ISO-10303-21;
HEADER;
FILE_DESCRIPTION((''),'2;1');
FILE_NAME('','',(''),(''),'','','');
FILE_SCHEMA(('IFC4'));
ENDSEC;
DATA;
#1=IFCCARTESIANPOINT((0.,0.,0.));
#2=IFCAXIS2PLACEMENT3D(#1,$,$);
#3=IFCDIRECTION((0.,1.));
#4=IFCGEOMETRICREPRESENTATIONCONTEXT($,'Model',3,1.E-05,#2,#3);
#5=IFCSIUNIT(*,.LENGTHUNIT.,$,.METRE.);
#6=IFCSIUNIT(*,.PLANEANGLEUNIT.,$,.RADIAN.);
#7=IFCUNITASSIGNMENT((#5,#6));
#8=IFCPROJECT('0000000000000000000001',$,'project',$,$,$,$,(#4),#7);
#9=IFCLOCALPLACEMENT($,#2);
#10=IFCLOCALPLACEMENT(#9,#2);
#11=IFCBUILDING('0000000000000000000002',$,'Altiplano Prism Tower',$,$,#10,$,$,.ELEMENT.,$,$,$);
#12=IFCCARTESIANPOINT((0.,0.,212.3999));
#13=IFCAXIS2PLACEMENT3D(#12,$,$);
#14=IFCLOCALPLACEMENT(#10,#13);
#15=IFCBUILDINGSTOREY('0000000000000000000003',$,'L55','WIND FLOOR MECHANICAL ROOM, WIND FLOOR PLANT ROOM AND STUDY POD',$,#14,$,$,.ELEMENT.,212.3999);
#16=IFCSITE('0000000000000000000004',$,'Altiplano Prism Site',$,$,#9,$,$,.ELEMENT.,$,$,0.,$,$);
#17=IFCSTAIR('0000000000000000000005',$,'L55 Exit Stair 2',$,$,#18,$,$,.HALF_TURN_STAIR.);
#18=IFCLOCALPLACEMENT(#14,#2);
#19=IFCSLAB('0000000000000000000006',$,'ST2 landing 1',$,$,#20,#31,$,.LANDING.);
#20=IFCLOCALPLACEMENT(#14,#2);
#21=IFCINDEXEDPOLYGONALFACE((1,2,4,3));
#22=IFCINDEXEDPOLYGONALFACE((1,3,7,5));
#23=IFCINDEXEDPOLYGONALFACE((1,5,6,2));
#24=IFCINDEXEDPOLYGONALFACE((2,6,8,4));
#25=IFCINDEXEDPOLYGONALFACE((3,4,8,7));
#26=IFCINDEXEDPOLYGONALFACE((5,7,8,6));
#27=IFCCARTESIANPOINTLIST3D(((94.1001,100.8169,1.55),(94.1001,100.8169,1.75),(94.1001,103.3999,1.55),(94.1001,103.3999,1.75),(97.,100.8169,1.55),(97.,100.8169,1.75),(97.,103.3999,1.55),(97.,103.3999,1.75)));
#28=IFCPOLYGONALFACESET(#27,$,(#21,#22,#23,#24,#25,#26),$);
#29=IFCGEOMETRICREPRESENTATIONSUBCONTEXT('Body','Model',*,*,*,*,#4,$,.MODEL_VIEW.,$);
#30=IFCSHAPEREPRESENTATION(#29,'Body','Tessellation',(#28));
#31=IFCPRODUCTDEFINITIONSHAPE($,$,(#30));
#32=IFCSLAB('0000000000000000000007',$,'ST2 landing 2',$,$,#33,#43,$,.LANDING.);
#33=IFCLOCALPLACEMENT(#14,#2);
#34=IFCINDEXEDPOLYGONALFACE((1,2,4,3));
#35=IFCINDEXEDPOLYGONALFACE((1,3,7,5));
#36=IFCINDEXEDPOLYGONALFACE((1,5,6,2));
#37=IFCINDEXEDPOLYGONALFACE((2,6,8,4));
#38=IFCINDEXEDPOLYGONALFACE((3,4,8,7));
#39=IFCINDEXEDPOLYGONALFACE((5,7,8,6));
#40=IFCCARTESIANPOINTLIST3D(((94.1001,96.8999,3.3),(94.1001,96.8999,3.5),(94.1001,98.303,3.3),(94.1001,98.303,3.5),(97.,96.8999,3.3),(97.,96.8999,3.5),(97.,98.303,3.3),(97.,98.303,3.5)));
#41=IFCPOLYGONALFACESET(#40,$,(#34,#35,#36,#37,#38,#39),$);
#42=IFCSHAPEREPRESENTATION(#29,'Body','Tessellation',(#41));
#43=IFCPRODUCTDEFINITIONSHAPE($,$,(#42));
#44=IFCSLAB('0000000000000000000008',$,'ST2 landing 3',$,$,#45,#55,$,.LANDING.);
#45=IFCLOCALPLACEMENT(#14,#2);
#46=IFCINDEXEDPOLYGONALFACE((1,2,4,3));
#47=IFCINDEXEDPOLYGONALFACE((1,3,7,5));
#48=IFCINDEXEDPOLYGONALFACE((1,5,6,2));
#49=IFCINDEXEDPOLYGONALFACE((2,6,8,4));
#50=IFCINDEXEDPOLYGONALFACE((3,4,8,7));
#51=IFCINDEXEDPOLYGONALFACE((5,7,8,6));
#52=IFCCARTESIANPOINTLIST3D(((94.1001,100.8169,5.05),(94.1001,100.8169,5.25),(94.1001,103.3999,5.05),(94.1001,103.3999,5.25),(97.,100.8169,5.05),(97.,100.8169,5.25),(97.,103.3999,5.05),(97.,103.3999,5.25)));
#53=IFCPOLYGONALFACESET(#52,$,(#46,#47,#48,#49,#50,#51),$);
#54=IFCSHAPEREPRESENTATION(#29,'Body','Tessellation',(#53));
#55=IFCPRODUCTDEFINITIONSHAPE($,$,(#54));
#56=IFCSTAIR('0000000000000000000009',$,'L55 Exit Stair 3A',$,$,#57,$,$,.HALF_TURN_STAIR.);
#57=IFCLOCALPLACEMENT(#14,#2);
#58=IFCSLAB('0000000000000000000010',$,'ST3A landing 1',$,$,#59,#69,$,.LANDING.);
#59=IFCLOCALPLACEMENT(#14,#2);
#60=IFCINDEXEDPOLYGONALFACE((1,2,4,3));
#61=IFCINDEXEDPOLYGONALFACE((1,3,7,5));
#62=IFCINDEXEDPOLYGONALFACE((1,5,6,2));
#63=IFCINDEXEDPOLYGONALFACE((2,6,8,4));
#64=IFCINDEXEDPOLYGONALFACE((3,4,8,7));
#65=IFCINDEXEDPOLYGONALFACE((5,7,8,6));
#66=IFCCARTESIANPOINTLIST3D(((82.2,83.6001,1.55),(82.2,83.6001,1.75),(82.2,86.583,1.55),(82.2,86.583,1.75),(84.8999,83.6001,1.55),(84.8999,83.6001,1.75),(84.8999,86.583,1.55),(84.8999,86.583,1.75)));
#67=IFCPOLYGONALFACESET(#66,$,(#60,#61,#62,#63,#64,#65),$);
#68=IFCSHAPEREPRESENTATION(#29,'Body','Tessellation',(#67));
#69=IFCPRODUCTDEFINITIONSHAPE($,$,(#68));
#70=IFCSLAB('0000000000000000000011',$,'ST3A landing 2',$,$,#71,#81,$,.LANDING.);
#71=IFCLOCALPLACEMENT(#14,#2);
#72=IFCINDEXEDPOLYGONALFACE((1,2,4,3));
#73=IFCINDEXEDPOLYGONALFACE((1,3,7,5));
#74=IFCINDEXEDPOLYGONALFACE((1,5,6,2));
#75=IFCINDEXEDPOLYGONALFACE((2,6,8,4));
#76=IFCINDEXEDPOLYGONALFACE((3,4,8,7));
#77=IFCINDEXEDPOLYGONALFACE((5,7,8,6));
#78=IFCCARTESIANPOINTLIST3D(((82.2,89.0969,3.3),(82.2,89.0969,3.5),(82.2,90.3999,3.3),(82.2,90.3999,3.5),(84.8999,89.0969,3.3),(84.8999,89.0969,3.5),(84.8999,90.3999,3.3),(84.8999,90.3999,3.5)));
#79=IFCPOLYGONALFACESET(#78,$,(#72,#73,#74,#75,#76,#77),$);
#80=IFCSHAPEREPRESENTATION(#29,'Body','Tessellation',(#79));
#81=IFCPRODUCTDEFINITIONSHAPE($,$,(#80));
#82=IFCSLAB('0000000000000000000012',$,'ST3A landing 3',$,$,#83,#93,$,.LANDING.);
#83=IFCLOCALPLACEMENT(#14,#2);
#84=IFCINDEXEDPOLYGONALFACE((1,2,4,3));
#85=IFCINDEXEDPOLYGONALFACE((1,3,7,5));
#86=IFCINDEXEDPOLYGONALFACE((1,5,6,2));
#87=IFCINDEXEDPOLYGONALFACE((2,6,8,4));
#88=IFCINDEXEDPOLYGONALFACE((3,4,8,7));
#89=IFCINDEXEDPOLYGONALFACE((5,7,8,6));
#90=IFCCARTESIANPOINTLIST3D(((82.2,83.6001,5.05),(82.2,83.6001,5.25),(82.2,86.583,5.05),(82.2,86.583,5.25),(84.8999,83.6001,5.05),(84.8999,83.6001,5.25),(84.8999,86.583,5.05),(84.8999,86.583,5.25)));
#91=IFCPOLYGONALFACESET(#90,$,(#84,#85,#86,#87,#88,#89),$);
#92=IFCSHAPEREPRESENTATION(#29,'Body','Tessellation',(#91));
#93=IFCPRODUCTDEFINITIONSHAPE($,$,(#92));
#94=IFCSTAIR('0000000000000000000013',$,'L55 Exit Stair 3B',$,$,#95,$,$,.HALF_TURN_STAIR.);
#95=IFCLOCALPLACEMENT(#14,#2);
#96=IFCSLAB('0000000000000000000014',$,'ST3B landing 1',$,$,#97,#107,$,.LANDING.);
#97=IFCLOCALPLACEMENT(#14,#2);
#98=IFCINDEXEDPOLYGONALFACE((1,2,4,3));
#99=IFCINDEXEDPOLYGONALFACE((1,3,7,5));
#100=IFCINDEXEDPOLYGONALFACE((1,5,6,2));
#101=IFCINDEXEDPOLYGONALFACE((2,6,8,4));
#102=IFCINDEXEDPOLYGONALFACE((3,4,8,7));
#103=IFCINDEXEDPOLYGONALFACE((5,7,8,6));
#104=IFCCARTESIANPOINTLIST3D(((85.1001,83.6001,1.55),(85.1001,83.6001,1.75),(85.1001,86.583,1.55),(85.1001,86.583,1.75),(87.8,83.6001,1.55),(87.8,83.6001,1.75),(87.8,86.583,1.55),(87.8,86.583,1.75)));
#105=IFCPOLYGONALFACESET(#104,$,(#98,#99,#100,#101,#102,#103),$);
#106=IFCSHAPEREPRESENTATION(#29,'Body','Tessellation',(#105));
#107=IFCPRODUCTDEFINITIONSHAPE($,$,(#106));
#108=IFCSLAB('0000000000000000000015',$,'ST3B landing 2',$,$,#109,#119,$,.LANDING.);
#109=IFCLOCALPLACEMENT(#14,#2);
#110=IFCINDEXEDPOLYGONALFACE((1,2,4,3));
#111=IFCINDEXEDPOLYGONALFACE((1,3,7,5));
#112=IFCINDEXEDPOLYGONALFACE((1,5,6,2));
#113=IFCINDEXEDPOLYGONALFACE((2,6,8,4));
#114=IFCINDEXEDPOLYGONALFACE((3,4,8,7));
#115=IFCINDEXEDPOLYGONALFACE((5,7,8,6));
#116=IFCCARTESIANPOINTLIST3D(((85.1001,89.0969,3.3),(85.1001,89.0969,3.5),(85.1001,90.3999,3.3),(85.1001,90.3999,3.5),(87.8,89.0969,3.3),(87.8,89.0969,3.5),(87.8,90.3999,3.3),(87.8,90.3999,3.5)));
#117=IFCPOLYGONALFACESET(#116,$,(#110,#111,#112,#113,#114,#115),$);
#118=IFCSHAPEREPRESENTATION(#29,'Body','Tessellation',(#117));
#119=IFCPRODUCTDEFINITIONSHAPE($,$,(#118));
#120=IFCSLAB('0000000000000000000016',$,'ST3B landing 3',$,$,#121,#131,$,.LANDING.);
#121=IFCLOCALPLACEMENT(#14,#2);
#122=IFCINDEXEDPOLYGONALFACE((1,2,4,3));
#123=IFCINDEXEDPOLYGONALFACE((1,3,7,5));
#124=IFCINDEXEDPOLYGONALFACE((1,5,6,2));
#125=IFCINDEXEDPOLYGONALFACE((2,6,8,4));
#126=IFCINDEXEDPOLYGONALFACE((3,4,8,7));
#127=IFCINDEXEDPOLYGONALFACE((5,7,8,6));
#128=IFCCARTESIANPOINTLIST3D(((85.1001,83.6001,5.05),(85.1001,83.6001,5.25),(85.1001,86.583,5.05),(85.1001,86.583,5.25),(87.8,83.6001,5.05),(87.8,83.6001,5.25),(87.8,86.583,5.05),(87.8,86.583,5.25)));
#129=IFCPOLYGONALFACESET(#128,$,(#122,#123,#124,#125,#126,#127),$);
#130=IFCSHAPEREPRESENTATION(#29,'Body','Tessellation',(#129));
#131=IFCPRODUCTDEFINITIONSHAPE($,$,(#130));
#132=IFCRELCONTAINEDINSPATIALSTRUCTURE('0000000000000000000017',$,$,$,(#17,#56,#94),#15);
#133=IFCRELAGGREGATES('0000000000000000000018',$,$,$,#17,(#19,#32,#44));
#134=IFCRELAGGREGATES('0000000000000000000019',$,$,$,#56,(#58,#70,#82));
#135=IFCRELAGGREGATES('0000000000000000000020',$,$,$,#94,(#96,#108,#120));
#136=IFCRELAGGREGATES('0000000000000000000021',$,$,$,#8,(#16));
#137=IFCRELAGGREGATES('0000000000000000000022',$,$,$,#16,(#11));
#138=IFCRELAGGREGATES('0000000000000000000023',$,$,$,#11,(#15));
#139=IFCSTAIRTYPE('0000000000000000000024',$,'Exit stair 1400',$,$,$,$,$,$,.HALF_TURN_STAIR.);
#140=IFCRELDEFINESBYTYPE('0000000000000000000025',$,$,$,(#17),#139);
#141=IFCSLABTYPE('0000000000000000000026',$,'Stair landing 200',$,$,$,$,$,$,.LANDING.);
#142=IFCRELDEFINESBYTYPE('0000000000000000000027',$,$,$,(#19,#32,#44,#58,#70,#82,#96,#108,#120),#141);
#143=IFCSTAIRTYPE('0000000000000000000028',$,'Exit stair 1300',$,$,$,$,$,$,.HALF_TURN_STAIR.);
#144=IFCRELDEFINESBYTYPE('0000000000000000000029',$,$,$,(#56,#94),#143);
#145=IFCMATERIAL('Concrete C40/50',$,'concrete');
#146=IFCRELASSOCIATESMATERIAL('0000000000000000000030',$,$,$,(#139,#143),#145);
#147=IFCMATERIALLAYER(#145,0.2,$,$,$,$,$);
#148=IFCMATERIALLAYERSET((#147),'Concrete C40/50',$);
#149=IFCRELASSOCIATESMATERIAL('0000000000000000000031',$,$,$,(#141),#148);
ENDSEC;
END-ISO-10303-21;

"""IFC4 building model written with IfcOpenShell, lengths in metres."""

from ifc_helpers import new_model, si_unit, direction, frame, origin, place, context, subcontext, project, spatial, polyline, outline, extrude, material, layer, layer_set, type_object, element, aggregate, save


model = new_model("IFC4")

# Units and contexts
model_context = context("Model", 3, precision=1e-05, world=origin(), true_north=direction((0.0, 1.0)))
body_context = subcontext(model_context, "Body", "Model", "MODEL_VIEW")
ifc_project = project(units=[si_unit("LENGTHUNIT", "METRE"), si_unit("PLANEANGLEUNIT", "RADIAN")], contexts=[model_context])

# Site, building, storey
site_placement = place(None, origin())
site = spatial("IfcSite", under=ifc_project, at=site_placement, Name="Altiplano Prism Site", CompositionType="ELEMENT", RefElevation=0.0)
building_placement = place(site_placement, origin())
building = spatial("IfcBuilding", under=site, at=building_placement, Name="Altiplano Prism Tower", CompositionType="ELEMENT")
storey_placement = place(building_placement, frame((0.0, 0.0, 212.3999)))
storey = spatial("IfcBuildingStorey", under=building, at=storey_placement, Name="L55", Description="WIND FLOOR MECHANICAL ROOM, WIND FLOOR PLANT ROOM AND STUDY POD", CompositionType="ELEMENT", Elevation=212.3999)

# Shared definitions
ifc_material_1 = material(Name="Concrete C40/50", Category="concrete")

# Stairs, slabs
stair_type_1 = type_object("IfcStairType", Name="Exit stair 1400", PredefinedType="HALF_TURN_STAIR", material=ifc_material_1)
ifc_layer_1 = layer(ifc_material_1, 0.2)
ifc_layer_set_1 = layer_set([ifc_layer_1], Name="Concrete C40/50")
slab_type_1 = type_object("IfcSlabType", Name="Stair landing 200", PredefinedType="LANDING", material=ifc_layer_set_1)
stair_1_placement = place(storey_placement, origin())
stair_1 = element("IfcStair", 1, at=stair_1_placement, inside=storey, type_object=stair_type_1, Name="L55 Exit Stair 2", PredefinedType="HALF_TURN_STAIR")
slab_1_placement = place(storey_placement, frame((0.0, 0.0, 1.55)))
slab_1 = element("IfcSlab", 2, at=slab_1_placement, type_object=slab_type_1, Name="ST2 landing 1", PredefinedType="LANDING", context=body_context, shape_type="SweptSolid", body=[
    extrude(outline(polyline([(97.0, 100.8169), (97.0, 103.3999), (94.1001, 103.3999), (94.1001, 100.8169), (97.0, 100.8169)])), origin(), (0.0, 0.0, 1.0), 0.2),
])
slab_2_placement = place(storey_placement, frame((0.0, 0.0, 3.3)))
slab_2 = element("IfcSlab", 3, at=slab_2_placement, type_object=slab_type_1, Name="ST2 landing 2", PredefinedType="LANDING", context=body_context, shape_type="SweptSolid", body=[
    extrude(outline(polyline([(97.0, 96.8999), (97.0, 98.303), (94.1001, 98.303), (94.1001, 96.8999), (97.0, 96.8999)])), origin(), (0.0, 0.0, 1.0), 0.2),
])
slab_3_placement = place(storey_placement, frame((0.0, 0.0, 5.05)))
slab_3 = element("IfcSlab", 4, at=slab_3_placement, type_object=slab_type_1, Name="ST2 landing 3", PredefinedType="LANDING", context=body_context, shape_type="SweptSolid", body=[
    extrude(outline(polyline([(97.0, 100.8169), (97.0, 103.3999), (94.1001, 103.3999), (94.1001, 100.8169), (97.0, 100.8169)])), origin(), (0.0, 0.0, 1.0), 0.2),
])
aggregate(stair_1, [slab_1, slab_2, slab_3])
stair_type_2 = type_object("IfcStairType", Name="Exit stair 1300", PredefinedType="HALF_TURN_STAIR", material=ifc_material_1)
stair_2_placement = place(storey_placement, origin())
stair_2 = element("IfcStair", 5, at=stair_2_placement, inside=storey, type_object=stair_type_2, Name="L55 Exit Stair 3A", PredefinedType="HALF_TURN_STAIR")
slab_4_placement = place(storey_placement, frame((0.0, 0.0, 1.55)))
slab_4 = element("IfcSlab", 6, at=slab_4_placement, type_object=slab_type_1, Name="ST3A landing 1", PredefinedType="LANDING", context=body_context, shape_type="SweptSolid", body=[
    extrude(outline(polyline([(82.2, 86.583), (82.2, 83.6001), (84.8999, 83.6001), (84.8999, 86.583), (82.2, 86.583)])), origin(), (0.0, 0.0, 1.0), 0.2),
])
slab_5_placement = place(storey_placement, frame((0.0, 0.0, 3.3)))
slab_5 = element("IfcSlab", 7, at=slab_5_placement, type_object=slab_type_1, Name="ST3A landing 2", PredefinedType="LANDING", context=body_context, shape_type="SweptSolid", body=[
    extrude(outline(polyline([(82.2, 90.3999), (82.2, 89.0969), (84.8999, 89.0969), (84.8999, 90.3999), (82.2, 90.3999)])), origin(), (0.0, 0.0, 1.0), 0.2),
])
slab_6_placement = place(storey_placement, frame((0.0, 0.0, 5.05)))
slab_6 = element("IfcSlab", 8, at=slab_6_placement, type_object=slab_type_1, Name="ST3A landing 3", PredefinedType="LANDING", context=body_context, shape_type="SweptSolid", body=[
    extrude(outline(polyline([(82.2, 86.583), (82.2, 83.6001), (84.8999, 83.6001), (84.8999, 86.583), (82.2, 86.583)])), origin(), (0.0, 0.0, 1.0), 0.2),
])
aggregate(stair_2, [slab_4, slab_5, slab_6])
stair_3_placement = place(storey_placement, origin())
stair_3 = element("IfcStair", 9, at=stair_3_placement, inside=storey, type_object=stair_type_2, Name="L55 Exit Stair 3B", PredefinedType="HALF_TURN_STAIR")
slab_7_placement = place(storey_placement, frame((0.0, 0.0, 1.55)))
slab_7 = element("IfcSlab", 10, at=slab_7_placement, type_object=slab_type_1, Name="ST3B landing 1", PredefinedType="LANDING", context=body_context, shape_type="SweptSolid", body=[
    extrude(outline(polyline([(85.1001, 86.583), (85.1001, 83.6001), (87.8, 83.6001), (87.8, 86.583), (85.1001, 86.583)])), origin(), (0.0, 0.0, 1.0), 0.2),
])
slab_8_placement = place(storey_placement, frame((0.0, 0.0, 3.3)))
slab_8 = element("IfcSlab", 11, at=slab_8_placement, type_object=slab_type_1, Name="ST3B landing 2", PredefinedType="LANDING", context=body_context, shape_type="SweptSolid", body=[
    extrude(outline(polyline([(85.1001, 90.3999), (85.1001, 89.0969), (87.8, 89.0969), (87.8, 90.3999), (85.1001, 90.3999)])), origin(), (0.0, 0.0, 1.0), 0.2),
])
slab_9_placement = place(storey_placement, frame((0.0, 0.0, 5.05)))
slab_9 = element("IfcSlab", 12, at=slab_9_placement, type_object=slab_type_1, Name="ST3B landing 3", PredefinedType="LANDING", context=body_context, shape_type="SweptSolid", body=[
    extrude(outline(polyline([(85.1001, 86.583), (85.1001, 83.6001), (87.8, 83.6001), (87.8, 86.583), (85.1001, 86.583)])), origin(), (0.0, 0.0, 1.0), 0.2),
])
aggregate(stair_3, [slab_7, slab_8, slab_9])

save(model, "model.ifc")
